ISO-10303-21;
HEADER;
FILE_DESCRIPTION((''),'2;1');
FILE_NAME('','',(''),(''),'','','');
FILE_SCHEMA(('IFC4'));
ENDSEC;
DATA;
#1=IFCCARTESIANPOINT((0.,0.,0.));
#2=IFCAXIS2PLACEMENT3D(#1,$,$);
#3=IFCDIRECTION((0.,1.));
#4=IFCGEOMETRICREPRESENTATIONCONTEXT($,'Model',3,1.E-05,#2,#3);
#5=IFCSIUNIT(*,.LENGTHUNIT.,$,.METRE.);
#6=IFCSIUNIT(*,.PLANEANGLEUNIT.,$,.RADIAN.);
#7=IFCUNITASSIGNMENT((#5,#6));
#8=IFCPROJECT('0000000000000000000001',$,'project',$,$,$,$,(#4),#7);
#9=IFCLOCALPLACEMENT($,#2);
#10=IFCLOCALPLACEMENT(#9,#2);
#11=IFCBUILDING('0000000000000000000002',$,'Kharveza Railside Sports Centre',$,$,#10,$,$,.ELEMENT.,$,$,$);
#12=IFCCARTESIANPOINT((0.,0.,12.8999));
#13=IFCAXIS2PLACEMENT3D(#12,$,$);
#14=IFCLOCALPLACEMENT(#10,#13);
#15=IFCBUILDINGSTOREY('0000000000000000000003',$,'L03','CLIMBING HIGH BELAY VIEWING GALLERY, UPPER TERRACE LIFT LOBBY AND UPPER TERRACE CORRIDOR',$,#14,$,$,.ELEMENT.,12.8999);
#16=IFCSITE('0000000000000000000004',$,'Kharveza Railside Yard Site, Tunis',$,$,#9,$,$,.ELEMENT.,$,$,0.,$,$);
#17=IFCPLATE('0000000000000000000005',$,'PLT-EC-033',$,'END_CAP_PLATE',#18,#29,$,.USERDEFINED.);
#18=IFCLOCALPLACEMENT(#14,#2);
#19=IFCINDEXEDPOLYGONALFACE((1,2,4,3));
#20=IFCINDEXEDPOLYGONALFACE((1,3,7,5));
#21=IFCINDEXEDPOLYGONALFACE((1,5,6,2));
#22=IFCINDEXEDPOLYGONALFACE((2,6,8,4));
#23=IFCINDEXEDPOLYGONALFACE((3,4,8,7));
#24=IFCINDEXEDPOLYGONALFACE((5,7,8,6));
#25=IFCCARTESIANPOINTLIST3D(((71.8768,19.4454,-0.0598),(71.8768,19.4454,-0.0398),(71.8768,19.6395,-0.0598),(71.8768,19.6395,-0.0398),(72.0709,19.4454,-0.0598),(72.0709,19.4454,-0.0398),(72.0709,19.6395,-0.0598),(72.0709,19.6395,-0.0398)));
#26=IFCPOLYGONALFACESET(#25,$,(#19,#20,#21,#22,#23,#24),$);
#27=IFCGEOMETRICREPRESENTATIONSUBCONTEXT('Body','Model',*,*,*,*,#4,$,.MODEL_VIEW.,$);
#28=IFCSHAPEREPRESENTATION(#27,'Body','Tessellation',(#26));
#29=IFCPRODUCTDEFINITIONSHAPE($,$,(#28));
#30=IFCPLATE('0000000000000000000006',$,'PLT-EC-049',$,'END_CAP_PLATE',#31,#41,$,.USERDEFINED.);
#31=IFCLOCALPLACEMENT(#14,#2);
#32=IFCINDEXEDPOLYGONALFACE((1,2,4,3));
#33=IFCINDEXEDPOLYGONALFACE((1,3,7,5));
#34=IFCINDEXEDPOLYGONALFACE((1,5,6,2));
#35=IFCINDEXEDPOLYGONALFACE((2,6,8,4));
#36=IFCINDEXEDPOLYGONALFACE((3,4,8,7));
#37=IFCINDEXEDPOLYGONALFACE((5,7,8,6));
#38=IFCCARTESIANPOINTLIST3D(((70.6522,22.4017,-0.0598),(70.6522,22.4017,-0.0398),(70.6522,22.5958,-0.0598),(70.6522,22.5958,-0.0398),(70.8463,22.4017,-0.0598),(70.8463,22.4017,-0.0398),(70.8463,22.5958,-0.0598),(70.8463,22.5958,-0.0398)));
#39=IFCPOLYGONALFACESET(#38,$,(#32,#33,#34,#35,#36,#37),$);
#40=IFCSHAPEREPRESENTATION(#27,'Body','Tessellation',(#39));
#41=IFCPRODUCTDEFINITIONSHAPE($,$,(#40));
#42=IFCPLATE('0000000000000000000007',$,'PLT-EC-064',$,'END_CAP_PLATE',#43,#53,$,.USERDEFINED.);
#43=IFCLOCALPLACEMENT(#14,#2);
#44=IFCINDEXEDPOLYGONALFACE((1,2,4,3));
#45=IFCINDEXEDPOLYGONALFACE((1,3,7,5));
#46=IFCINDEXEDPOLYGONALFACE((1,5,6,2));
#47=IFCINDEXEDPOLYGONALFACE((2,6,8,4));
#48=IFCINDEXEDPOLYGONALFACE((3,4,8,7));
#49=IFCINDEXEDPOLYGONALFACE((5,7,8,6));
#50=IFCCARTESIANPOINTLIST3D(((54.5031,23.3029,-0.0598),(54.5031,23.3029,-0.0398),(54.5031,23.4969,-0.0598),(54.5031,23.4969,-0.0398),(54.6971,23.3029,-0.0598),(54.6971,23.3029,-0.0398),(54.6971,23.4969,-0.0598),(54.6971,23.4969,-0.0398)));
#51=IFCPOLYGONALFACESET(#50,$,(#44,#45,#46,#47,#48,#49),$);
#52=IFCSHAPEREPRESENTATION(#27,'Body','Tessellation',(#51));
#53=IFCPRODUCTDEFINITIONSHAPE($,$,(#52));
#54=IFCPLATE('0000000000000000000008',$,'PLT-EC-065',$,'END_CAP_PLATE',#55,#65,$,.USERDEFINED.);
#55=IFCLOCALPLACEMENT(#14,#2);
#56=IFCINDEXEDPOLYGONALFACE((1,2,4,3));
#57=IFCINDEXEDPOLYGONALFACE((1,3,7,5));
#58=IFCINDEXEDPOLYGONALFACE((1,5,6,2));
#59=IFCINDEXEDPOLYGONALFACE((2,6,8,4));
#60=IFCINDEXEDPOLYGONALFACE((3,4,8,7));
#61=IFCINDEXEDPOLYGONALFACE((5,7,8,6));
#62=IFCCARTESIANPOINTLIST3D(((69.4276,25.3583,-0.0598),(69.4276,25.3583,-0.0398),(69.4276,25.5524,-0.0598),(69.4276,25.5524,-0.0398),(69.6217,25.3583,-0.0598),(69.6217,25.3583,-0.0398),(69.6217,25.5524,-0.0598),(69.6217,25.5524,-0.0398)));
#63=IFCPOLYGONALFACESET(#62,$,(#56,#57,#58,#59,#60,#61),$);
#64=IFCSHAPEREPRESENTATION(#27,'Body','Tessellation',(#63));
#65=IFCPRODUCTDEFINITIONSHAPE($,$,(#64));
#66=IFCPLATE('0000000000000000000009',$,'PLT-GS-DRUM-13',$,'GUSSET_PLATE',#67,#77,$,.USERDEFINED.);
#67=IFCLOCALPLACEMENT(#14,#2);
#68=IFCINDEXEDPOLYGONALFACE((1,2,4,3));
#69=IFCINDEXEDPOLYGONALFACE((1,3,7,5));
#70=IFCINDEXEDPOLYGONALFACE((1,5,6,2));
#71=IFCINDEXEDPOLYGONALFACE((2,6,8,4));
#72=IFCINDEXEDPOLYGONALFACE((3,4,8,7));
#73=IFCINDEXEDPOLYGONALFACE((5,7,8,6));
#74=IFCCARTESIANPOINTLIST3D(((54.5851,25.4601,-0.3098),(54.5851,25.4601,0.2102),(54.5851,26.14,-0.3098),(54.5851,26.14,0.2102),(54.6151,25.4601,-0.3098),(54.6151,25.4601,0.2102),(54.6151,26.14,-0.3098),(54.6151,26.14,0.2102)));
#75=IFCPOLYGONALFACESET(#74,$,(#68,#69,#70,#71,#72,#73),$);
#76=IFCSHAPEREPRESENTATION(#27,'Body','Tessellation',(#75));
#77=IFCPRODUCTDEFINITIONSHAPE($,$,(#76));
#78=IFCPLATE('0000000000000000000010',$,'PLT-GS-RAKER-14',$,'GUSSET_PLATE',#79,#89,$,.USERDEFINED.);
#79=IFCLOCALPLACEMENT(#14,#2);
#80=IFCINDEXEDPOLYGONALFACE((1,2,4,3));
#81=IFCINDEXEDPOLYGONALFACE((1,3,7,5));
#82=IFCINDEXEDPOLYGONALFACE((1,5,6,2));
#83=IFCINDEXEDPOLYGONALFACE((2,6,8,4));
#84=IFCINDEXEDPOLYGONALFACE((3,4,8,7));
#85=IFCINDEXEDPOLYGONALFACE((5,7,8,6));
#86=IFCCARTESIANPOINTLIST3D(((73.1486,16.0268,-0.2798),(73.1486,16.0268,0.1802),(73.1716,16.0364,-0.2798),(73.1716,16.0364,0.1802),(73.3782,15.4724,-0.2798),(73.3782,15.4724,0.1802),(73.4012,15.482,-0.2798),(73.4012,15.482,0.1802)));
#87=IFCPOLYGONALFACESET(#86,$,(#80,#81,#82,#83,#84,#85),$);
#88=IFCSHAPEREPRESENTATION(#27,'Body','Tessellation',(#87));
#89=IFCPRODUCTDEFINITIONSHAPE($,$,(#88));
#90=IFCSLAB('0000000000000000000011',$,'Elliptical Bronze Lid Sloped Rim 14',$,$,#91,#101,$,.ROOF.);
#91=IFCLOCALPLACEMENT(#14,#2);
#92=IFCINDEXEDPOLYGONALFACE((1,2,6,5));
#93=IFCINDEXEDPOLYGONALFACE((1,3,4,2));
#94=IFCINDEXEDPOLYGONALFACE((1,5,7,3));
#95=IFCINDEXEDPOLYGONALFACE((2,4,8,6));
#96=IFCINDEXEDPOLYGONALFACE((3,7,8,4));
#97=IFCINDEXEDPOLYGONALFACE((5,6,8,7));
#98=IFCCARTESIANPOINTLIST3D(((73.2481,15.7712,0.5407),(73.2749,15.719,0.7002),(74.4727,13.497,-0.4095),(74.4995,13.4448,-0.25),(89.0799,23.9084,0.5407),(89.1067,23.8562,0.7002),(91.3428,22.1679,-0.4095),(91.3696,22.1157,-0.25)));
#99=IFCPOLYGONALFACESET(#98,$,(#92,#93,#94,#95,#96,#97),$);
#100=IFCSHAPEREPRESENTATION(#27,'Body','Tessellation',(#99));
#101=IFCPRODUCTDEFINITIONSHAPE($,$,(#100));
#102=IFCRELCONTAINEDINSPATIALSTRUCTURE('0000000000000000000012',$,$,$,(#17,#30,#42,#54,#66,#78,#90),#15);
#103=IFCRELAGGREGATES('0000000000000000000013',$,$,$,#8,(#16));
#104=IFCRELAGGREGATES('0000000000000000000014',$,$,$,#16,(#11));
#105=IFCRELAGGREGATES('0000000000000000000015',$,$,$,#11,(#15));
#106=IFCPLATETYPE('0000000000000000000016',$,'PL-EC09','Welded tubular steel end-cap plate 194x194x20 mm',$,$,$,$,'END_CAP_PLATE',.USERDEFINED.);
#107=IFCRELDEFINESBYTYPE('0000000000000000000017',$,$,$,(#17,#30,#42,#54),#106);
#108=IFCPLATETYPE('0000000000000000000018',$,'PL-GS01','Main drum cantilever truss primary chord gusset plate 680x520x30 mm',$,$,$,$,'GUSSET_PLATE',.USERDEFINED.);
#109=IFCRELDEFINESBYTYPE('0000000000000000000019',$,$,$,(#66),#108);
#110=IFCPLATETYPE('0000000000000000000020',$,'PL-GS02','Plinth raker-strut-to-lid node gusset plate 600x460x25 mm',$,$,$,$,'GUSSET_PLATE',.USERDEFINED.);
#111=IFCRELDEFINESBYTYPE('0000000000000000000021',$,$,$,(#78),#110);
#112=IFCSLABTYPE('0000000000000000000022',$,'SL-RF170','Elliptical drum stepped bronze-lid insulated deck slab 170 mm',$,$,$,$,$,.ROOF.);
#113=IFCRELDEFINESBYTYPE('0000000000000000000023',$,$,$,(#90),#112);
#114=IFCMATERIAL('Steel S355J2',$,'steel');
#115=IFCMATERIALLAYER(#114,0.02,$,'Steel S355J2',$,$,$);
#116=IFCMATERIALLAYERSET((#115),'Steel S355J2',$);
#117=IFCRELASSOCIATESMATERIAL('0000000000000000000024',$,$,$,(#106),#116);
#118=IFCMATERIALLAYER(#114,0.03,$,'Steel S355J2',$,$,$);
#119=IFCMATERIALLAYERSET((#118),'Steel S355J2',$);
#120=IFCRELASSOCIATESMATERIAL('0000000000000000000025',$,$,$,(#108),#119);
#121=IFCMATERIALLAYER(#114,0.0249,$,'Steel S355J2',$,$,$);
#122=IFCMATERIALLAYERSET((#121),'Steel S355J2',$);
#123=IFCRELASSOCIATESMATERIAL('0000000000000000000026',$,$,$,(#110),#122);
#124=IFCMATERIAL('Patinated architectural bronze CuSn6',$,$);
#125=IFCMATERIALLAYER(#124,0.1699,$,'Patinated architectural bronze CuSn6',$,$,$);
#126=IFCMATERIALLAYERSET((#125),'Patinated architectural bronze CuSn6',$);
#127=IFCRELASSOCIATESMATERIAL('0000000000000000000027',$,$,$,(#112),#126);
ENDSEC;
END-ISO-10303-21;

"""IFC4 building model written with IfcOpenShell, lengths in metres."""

from ifc_helpers import new_model, si_unit, direction, frame, origin, origin_2d, place, context, subcontext, project, spatial, polyline, rectangle, outline, extrude, material, layer, layer_set, type_object, element, save


model = new_model("IFC4")

# Units and contexts
model_context = context("Model", 3, precision=1e-05, world=origin(), true_north=direction((0.0, 1.0)))
body_context = subcontext(model_context, "Body", "Model", "MODEL_VIEW")
ifc_project = project(units=[si_unit("LENGTHUNIT", "METRE"), si_unit("PLANEANGLEUNIT", "RADIAN")], contexts=[model_context])

# Site, building, storey
site_placement = place(None, origin())
site = spatial("IfcSite", under=ifc_project, at=site_placement, Name="Kharveza Railside Yard Site, Tunis", CompositionType="ELEMENT", RefElevation=0.0)
building_placement = place(site_placement, origin())
building = spatial("IfcBuilding", under=site, at=building_placement, Name="Kharveza Railside Sports Centre", CompositionType="ELEMENT")
storey_placement = place(building_placement, frame((0.0, 0.0, 12.8999)))
storey = spatial("IfcBuildingStorey", under=building, at=storey_placement, Name="L03", Description="CLIMBING HIGH BELAY VIEWING GALLERY, UPPER TERRACE LIFT LOBBY AND UPPER TERRACE CORRIDOR", CompositionType="ELEMENT", Elevation=12.8999)

# Shared definitions
ifc_material_1 = material(Name="Steel S355J2", Category="steel")

# Plates
ifc_material_2 = material(Name="Patinated architectural bronze CuSn6")
ifc_layer_1 = layer(ifc_material_1, 0.02, Name="Steel S355J2")
ifc_layer_set_1 = layer_set([ifc_layer_1], Name="Steel S355J2")
plate_type_1 = type_object("IfcPlateType", Name="PL-EC09", Description="Welded tubular steel end-cap plate 194x194x20 mm", ElementType="END_CAP_PLATE", PredefinedType="USERDEFINED", material=ifc_layer_set_1)
for number, where, z_axis, x_axis, name in (
    (1, (71.9739, 19.5425, -0.0598), (0.0, 0.0, 1.0), (1.0, 0.0, 0.0), "PLT-EC-033"),
    (2, (70.7493, 22.4988, -0.0598), (0.0, 0.0, 1.0), (1.0, 0.0, 0.0), "PLT-EC-049"),
    (3, (54.6001, 23.3999, -0.0598), (0.0, 0.0, 1.0), (1.0, 0.0, 0.0), "PLT-EC-064"),
    (4, (69.5247, 25.4553, -0.0598), (0.0, 0.0, 1.0), (1.0, 0.0, 0.0), "PLT-EC-065"),
):
    element("IfcPlate", number, at=place(storey_placement, frame(where, z_axis=z_axis, x_axis=x_axis)), inside=storey, type_object=plate_type_1, Name=name, ObjectType="END_CAP_PLATE", PredefinedType="USERDEFINED", context=body_context, shape_type="SweptSolid", body=[
        extrude(rectangle(XDim=0.1941, YDim=0.1941, at=origin_2d()), origin(), (0.0, 0.0, 1.0), 0.02),
    ])
ifc_layer_2 = layer(ifc_material_1, 0.03, Name="Steel S355J2")
ifc_layer_set_2 = layer_set([ifc_layer_2], Name="Steel S355J2")
plate_type_2 = type_object("IfcPlateType", Name="PL-GS01", Description="Main drum cantilever truss primary chord gusset plate 680x520x30 mm", ElementType="GUSSET_PLATE", PredefinedType="USERDEFINED", material=ifc_layer_set_2)
plate_1_placement = place(storey_placement, frame((54.6001, 25.8, -0.3098), z_axis=(0.0, 0.0, 1.0), x_axis=(0.0, -1.0, 0.0)))
element("IfcPlate", 5, at=plate_1_placement, inside=storey, type_object=plate_type_2, Name="PLT-GS-DRUM-13", ObjectType="GUSSET_PLATE", PredefinedType="USERDEFINED", context=body_context, shape_type="SweptSolid", body=[
    extrude(rectangle(XDim=0.6799, YDim=0.03, at=origin_2d()), origin(), (0.0, 0.0, 1.0), 0.52),
])
ifc_layer_3 = layer(ifc_material_1, 0.0249, Name="Steel S355J2")
ifc_layer_set_3 = layer_set([ifc_layer_3], Name="Steel S355J2")
plate_type_3 = type_object("IfcPlateType", Name="PL-GS02", Description="Plinth raker-strut-to-lid node gusset plate 600x460x25 mm", ElementType="GUSSET_PLATE", PredefinedType="USERDEFINED", material=ifc_layer_set_3)
plate_2_placement = place(storey_placement, frame((73.2749, 15.7544, -0.2798), z_axis=(0.0, 0.0, 1.0), x_axis=(0.382683, -0.92388, 0.0)))
element("IfcPlate", 6, at=plate_2_placement, inside=storey, type_object=plate_type_3, Name="PLT-GS-RAKER-14", ObjectType="GUSSET_PLATE", PredefinedType="USERDEFINED", context=body_context, shape_type="SweptSolid", body=[
    extrude(rectangle(XDim=0.6001, YDim=0.0249, at=origin_2d()), origin(), (0.0, 0.0, 1.0), 0.46),
])

# Slab
ifc_layer_4 = layer(ifc_material_2, 0.1699, Name="Patinated architectural bronze CuSn6")
ifc_layer_set_4 = layer_set([ifc_layer_4], Name="Patinated architectural bronze CuSn6")
slab_type = type_object("IfcSlabType", Name="SL-RF170", Description="Elliptical drum stepped bronze-lid insulated deck slab 170 mm", PredefinedType="ROOF", material=ifc_layer_set_4)
slab_placement = place(storey_placement, frame((74.4995, 13.4448, -0.25), z_axis=(0.157853, -0.307119, 0.938488), x_axis=(0.889398, 0.457133, 0.0)))
element("IfcSlab", 7, at=slab_placement, inside=storey, type_object=slab_type, Name="Elliptical Bronze Lid Sloped Rim 14", PredefinedType="ROOF", context=body_context, shape_type="SweptSolid", body=[
    extrude(outline(polyline([(0.0, 0.0), (18.968, 0.0), (17.751, 2.7517), (-0.0496, 2.7517), (0.0, 0.0)])), origin(), (0.0, 0.0, -1.0), 0.1699),
])

save(model, "model.ifc")
